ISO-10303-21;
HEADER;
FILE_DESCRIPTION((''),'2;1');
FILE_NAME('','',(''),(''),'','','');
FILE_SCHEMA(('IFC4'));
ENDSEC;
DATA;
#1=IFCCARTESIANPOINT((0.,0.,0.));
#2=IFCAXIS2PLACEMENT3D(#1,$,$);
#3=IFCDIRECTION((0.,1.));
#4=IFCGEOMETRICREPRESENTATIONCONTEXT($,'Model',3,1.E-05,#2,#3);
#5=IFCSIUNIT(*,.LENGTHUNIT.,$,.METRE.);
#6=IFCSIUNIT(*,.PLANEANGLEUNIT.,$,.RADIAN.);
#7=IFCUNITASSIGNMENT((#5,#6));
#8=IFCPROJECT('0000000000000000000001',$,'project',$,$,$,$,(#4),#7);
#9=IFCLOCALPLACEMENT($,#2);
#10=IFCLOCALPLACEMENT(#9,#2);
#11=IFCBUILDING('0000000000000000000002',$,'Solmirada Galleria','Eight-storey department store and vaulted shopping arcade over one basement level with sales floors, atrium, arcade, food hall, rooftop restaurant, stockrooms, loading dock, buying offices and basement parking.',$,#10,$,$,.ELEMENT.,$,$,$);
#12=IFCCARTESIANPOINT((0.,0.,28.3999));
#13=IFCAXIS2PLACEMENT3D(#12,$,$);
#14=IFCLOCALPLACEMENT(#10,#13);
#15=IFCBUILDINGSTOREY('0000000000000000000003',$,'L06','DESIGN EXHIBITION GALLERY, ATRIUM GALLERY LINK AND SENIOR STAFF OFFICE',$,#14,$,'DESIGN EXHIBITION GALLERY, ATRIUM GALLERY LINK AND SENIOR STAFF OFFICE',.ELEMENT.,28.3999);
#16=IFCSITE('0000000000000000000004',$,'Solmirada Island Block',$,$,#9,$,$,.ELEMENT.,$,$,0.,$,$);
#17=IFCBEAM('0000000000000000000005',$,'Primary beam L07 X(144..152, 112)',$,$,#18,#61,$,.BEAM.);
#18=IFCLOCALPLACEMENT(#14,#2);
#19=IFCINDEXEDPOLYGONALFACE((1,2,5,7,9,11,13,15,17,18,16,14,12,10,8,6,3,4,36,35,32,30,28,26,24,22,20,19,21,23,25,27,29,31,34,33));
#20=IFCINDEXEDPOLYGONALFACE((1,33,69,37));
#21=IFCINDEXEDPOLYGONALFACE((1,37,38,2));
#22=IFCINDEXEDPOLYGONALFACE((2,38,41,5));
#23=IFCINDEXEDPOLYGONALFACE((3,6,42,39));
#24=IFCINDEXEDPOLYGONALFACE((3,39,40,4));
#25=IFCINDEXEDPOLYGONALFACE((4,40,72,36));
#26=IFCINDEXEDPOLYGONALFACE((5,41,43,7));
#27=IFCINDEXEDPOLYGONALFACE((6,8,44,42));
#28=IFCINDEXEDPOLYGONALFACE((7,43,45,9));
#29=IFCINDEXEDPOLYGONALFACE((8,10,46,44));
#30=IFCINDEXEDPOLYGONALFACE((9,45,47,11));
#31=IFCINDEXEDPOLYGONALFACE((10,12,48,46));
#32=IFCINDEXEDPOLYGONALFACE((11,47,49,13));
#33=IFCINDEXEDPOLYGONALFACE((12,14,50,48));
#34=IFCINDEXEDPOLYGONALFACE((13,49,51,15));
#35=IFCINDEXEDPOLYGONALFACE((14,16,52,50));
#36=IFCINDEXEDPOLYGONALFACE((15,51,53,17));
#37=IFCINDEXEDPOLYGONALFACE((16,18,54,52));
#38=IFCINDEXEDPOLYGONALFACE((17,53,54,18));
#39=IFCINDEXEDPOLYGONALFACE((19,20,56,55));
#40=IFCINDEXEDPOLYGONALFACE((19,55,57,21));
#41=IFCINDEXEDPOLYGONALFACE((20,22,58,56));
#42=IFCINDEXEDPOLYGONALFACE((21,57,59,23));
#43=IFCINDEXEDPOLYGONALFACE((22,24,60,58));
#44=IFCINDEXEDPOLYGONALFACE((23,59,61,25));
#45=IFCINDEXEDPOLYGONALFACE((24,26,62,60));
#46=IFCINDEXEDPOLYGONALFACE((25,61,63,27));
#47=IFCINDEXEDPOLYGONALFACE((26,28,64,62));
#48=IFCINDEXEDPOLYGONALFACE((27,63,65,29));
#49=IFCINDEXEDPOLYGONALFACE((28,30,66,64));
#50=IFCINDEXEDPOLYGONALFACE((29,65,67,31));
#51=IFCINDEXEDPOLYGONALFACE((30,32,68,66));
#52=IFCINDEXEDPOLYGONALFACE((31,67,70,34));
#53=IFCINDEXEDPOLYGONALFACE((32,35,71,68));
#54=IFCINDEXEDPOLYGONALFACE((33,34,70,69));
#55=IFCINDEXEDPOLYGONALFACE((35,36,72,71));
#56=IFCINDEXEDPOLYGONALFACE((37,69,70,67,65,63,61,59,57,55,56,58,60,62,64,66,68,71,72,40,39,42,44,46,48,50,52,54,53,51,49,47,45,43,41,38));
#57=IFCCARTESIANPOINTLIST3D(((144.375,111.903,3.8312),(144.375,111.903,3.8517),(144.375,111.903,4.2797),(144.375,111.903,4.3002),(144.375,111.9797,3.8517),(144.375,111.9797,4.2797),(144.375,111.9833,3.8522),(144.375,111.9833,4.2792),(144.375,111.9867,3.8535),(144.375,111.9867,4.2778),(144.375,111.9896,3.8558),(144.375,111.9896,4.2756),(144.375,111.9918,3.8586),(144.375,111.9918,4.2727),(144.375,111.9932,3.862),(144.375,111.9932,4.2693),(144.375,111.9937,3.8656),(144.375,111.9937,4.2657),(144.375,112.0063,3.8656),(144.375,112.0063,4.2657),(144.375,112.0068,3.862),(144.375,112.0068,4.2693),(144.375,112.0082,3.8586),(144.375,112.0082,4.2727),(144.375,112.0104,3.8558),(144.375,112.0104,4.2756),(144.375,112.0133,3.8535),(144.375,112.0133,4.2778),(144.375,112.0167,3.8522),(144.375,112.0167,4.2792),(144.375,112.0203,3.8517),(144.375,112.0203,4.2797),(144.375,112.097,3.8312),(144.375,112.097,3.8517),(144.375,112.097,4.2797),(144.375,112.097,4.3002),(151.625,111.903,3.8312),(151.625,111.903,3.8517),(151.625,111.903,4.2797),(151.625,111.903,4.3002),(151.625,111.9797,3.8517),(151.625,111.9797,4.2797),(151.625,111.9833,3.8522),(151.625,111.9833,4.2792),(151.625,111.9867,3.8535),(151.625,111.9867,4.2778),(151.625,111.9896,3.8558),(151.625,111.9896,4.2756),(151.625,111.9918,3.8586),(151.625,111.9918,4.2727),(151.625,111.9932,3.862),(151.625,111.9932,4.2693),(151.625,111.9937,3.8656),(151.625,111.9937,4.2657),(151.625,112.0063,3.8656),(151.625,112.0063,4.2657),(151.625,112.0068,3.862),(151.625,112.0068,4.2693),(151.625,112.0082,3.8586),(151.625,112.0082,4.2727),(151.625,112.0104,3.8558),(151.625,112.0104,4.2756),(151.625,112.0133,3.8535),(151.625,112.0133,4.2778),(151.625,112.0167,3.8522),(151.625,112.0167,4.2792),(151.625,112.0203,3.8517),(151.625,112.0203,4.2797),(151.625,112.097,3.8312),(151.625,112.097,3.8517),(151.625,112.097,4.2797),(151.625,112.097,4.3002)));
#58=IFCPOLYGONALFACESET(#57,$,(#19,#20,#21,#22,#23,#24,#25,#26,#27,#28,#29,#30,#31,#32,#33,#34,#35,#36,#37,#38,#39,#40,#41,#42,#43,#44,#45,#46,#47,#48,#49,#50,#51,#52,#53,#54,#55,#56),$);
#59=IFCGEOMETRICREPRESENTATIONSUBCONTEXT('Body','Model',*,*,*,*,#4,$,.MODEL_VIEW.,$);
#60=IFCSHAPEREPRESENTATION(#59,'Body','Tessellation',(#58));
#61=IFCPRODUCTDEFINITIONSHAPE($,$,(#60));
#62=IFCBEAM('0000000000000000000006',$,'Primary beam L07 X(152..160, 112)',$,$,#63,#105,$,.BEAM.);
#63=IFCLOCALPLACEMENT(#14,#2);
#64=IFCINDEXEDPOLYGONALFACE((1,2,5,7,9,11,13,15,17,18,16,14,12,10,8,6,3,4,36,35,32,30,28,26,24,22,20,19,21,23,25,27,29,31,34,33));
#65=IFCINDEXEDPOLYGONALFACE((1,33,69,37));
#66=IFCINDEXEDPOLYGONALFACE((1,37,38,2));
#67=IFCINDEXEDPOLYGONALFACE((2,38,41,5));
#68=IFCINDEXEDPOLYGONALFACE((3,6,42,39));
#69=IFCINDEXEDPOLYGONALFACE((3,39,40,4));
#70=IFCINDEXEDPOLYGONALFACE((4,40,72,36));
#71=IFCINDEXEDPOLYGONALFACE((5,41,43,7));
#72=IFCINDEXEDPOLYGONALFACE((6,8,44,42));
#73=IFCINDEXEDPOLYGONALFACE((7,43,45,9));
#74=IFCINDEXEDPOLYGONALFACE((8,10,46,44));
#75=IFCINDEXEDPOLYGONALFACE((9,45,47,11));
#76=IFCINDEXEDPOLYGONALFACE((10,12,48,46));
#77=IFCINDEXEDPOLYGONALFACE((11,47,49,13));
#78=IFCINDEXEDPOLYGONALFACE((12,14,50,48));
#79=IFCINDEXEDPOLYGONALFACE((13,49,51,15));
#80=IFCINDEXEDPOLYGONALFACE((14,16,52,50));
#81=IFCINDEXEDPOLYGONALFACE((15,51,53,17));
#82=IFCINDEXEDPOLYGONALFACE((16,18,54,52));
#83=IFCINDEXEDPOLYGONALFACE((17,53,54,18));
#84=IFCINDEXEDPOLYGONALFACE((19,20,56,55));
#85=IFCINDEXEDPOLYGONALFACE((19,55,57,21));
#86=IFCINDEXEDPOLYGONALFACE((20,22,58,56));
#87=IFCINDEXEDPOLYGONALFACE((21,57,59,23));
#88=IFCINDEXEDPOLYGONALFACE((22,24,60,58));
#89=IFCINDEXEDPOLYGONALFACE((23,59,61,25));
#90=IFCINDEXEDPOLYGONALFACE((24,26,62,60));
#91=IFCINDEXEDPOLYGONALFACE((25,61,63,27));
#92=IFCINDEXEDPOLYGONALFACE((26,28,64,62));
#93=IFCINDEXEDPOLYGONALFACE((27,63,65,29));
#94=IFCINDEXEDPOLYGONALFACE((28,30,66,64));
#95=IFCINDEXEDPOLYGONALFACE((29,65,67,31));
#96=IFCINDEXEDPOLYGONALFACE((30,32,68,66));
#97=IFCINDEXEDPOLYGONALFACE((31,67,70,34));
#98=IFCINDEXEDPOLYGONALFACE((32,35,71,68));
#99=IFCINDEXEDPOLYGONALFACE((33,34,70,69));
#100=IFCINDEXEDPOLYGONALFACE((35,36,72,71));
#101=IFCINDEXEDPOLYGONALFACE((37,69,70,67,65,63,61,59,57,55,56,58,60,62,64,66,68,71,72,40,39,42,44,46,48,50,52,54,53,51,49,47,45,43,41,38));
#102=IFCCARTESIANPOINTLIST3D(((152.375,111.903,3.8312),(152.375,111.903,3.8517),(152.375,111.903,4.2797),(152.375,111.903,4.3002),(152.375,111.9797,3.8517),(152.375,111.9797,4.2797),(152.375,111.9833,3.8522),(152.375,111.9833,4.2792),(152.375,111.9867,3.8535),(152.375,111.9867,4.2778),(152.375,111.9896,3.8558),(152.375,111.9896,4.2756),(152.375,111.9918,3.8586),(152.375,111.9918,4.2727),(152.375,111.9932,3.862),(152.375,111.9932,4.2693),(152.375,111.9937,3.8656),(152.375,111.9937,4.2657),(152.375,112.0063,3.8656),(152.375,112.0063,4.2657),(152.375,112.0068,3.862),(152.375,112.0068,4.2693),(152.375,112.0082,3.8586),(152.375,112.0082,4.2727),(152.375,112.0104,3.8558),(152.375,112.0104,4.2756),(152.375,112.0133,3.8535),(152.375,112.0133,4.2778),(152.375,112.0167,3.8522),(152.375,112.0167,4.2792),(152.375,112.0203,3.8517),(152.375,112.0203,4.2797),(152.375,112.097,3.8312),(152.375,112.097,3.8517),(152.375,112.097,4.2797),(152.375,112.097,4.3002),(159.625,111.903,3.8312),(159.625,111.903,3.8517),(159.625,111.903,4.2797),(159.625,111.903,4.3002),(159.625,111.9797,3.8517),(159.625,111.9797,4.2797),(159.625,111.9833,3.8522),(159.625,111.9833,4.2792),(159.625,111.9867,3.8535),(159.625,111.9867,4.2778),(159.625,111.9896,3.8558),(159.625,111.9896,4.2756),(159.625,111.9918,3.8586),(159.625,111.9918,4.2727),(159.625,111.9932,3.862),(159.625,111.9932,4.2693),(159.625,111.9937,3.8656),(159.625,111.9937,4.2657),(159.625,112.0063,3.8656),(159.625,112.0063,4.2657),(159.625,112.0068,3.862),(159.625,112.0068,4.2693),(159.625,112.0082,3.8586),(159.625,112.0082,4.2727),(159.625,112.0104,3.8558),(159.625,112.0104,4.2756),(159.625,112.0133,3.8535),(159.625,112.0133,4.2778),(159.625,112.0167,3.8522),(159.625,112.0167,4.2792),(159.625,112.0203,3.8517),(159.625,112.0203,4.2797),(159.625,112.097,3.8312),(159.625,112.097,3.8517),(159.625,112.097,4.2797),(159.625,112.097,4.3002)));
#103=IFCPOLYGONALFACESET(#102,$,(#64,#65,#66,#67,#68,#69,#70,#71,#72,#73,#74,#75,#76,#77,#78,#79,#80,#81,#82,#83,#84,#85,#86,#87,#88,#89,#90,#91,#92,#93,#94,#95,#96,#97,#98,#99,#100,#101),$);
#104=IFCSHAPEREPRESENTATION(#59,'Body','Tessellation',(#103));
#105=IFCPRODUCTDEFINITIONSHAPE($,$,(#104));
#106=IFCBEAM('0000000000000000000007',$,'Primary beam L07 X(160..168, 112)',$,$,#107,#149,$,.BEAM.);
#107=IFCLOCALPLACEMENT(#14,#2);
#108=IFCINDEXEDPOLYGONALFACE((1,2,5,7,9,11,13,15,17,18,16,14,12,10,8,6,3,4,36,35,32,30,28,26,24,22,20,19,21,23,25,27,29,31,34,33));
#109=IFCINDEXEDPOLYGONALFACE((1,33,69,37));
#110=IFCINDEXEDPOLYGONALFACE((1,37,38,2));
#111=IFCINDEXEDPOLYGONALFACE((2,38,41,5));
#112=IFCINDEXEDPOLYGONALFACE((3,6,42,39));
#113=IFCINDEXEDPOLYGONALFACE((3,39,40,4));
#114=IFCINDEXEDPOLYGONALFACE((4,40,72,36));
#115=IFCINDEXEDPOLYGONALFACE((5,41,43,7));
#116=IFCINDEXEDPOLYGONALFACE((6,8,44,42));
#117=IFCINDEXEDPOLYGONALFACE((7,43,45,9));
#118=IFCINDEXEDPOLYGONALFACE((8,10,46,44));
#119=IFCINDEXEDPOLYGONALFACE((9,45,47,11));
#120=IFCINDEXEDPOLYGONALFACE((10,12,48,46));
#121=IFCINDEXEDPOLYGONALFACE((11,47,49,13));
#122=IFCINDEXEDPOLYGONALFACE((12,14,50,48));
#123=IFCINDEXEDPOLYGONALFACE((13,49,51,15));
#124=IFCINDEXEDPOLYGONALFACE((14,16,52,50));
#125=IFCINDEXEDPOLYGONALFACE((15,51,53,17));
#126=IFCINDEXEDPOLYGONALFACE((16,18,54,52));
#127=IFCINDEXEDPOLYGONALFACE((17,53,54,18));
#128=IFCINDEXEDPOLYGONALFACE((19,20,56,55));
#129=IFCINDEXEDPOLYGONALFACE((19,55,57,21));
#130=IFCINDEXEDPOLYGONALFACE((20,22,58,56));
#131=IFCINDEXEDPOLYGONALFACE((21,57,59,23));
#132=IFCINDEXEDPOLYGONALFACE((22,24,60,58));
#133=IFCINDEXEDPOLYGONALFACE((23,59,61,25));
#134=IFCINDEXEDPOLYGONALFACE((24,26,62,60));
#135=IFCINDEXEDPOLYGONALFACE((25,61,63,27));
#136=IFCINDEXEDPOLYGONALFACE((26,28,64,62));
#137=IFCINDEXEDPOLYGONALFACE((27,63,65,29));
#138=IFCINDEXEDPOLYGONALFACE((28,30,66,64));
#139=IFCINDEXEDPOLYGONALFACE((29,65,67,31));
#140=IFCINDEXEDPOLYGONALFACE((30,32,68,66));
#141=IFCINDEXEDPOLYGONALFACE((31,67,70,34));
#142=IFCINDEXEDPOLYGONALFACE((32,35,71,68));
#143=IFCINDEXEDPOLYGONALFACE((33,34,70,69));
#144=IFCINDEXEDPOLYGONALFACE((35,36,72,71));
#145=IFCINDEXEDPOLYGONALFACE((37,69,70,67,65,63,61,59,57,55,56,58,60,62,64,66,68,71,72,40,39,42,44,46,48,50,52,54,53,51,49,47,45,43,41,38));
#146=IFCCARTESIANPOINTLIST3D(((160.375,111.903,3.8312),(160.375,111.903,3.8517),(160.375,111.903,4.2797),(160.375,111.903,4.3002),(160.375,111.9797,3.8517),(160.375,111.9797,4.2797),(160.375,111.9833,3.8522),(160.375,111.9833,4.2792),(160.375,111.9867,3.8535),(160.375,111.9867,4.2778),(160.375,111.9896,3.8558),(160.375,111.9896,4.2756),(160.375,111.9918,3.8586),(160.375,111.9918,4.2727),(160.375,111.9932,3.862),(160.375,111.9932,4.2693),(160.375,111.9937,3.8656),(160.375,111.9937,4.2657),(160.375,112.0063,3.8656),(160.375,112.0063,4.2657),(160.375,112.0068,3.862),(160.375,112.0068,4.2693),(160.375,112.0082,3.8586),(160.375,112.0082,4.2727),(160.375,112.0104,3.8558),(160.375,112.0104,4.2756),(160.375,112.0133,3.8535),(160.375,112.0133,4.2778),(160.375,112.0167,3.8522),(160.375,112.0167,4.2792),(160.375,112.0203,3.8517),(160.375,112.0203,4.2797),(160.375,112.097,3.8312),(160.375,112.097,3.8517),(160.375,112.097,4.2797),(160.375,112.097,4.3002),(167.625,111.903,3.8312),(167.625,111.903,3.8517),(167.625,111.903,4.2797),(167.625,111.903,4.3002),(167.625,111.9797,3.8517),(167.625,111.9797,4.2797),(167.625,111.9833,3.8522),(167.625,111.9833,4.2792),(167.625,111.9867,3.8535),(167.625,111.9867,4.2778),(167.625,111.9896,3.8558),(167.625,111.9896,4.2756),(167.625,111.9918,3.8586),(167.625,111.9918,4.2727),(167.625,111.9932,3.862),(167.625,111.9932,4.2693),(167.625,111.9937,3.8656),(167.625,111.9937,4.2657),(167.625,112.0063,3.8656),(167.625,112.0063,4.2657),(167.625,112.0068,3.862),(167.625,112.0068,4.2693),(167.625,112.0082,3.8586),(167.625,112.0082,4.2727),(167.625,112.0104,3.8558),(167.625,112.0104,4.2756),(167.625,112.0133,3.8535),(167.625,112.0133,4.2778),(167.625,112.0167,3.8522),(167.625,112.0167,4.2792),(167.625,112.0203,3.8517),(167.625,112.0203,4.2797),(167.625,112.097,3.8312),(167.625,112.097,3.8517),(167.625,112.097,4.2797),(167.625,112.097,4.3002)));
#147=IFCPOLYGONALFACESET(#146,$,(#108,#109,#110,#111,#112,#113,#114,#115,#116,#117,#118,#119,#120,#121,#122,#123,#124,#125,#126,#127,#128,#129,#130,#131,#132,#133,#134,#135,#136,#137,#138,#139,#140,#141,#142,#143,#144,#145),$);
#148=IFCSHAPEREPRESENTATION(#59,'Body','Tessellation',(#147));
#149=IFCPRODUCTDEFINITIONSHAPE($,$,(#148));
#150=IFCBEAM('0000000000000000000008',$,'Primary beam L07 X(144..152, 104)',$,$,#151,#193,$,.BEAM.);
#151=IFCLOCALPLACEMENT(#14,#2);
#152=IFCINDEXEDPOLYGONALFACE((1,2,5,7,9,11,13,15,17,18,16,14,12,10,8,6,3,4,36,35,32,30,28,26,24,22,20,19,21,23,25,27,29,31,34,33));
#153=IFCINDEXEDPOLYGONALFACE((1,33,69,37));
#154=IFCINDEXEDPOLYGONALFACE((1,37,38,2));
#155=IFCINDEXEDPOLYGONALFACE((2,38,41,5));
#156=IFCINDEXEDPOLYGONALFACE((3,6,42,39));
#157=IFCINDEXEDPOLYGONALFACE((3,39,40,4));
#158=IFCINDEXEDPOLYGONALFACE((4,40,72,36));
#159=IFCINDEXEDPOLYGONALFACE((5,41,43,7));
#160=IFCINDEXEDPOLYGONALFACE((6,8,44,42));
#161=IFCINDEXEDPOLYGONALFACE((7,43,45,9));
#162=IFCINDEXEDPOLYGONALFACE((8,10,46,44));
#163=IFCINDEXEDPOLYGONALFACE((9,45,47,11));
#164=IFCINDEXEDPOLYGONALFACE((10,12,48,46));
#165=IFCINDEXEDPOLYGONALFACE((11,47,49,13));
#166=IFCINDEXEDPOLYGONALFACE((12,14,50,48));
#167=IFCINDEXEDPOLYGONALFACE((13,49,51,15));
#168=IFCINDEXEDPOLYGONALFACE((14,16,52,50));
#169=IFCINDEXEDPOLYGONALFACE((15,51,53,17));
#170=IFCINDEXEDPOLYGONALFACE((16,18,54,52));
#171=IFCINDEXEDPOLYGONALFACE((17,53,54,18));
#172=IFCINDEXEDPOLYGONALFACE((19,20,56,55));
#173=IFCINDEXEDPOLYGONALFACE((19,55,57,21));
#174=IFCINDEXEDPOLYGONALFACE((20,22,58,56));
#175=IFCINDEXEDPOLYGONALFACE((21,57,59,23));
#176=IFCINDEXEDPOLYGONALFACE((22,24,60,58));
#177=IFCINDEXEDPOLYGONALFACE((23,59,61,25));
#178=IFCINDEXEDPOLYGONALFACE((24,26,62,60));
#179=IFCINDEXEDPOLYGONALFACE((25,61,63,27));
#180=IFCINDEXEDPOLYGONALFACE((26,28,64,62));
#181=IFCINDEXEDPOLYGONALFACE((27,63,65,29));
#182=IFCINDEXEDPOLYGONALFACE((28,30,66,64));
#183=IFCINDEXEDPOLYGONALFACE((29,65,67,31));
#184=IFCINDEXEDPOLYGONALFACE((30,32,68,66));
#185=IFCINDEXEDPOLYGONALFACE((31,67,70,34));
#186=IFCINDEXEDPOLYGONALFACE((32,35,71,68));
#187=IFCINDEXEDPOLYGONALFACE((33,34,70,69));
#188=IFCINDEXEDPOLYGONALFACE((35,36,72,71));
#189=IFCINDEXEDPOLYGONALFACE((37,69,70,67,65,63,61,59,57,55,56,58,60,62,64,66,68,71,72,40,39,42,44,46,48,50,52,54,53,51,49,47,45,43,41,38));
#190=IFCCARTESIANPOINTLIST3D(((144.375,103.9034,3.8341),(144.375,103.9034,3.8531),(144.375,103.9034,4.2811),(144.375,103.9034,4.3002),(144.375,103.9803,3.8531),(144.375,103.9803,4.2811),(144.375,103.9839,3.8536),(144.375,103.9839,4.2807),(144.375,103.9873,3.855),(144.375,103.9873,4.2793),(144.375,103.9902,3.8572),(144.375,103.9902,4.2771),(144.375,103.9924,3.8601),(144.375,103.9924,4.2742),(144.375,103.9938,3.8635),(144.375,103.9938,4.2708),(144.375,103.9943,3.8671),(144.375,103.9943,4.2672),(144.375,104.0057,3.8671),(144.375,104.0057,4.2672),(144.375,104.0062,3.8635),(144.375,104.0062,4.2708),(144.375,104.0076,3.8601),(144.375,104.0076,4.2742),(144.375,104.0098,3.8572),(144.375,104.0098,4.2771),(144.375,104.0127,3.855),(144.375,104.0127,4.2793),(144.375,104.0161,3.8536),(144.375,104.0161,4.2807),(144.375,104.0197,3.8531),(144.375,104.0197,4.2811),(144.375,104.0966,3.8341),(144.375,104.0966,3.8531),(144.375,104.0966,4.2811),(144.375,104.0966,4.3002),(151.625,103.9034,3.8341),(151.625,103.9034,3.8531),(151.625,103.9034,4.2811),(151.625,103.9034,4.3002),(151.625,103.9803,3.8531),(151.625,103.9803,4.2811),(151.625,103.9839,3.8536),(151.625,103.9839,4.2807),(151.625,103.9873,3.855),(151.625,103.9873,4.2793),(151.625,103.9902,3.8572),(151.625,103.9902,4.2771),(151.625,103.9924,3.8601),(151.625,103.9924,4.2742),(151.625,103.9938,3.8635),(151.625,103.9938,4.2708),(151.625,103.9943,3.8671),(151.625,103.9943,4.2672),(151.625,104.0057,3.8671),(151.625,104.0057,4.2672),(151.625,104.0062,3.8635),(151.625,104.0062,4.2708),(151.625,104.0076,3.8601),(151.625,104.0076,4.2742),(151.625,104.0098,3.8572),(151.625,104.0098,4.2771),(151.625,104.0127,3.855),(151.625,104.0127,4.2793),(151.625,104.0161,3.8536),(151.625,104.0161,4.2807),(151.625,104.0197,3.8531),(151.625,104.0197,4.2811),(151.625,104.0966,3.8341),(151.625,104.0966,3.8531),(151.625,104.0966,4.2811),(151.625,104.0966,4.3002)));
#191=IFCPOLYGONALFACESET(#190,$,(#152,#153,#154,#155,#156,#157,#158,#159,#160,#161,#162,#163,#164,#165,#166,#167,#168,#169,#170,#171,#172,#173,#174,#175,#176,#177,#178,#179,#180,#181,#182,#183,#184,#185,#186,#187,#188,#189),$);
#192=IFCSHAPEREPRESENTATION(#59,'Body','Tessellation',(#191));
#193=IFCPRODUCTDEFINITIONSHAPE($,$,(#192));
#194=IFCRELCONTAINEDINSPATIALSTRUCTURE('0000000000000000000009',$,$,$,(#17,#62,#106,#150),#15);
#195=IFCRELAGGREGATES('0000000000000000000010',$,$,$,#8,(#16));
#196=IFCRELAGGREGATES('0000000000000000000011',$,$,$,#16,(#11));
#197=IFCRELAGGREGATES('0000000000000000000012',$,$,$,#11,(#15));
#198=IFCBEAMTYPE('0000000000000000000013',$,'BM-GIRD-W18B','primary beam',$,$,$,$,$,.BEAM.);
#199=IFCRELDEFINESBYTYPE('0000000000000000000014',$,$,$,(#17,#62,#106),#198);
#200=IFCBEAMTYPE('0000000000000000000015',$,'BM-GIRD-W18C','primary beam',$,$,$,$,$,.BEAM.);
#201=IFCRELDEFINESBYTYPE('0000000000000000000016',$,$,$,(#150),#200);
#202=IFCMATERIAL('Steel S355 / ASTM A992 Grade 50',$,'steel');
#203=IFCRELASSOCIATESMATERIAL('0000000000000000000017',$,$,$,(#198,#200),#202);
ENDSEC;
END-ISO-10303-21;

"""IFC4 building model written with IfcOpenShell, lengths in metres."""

from ifc_helpers import new_model, si_unit, direction, frame, origin, origin_2d, place, context, subcontext, project, spatial, i_section, extrude, material, material_profile, profile_set, type_object, element, save


model = new_model("IFC4")

# Units and contexts
model_context = context("Model", 3, precision=1e-05, world=origin(), true_north=direction((0.0, 1.0)))
body_context = subcontext(model_context, "Body", "Model", "MODEL_VIEW")
ifc_project = project(units=[si_unit("LENGTHUNIT", "METRE"), si_unit("PLANEANGLEUNIT", "RADIAN")], contexts=[model_context])

# Site, building, storey
site_placement = place(None, origin())
site = spatial("IfcSite", under=ifc_project, at=site_placement, Name="Solmirada Island Block", CompositionType="ELEMENT", RefElevation=0.0)
building_placement = place(site_placement, origin())
building = spatial("IfcBuilding", under=site, at=building_placement, Name="Solmirada Galleria", Description="Eight-storey department store and vaulted shopping arcade over one basement level with sales floors, atrium, arcade, food hall, rooftop restaurant, stockrooms, loading dock, buying offices and basement parking.", CompositionType="ELEMENT")
storey_placement = place(building_placement, frame((0.0, 0.0, 28.3999)))
storey = spatial("IfcBuildingStorey", under=building, at=storey_placement, Name="L06", Description="DESIGN EXHIBITION GALLERY, ATRIUM GALLERY LINK AND SENIOR STAFF OFFICE", LongName="DESIGN EXHIBITION GALLERY, ATRIUM GALLERY LINK AND SENIOR STAFF OFFICE", CompositionType="ELEMENT", Elevation=28.3999)

# Beams
ifc_material_1 = material(Name="Steel S355 / ASTM A992 Grade 50", Category="steel")
ifc_material_profile_1 = material_profile(ifc_material_1, i_section(OverallWidth=0.1941, OverallDepth=0.469, WebThickness=0.0127, FlangeThickness=0.0205, FilletRadius=0.0139, at=origin_2d()), Name="W18X71")
ifc_profile_set_1 = profile_set([ifc_material_profile_1], Name="Steel S355 / ASTM A992 Grade 50")
beam_type_1 = type_object("IfcBeamType", Name="BM-GIRD-W18B", Description="primary beam", PredefinedType="BEAM", material=ifc_profile_set_1)
for number, where, z_axis, x_axis, name in (
    (1, (144.375, 112.0, 4.0657), (1.0, 0.0, 0.0), (0.0, 1.0, 0.0), "Primary beam L07 X(144..152, 112)"),
    (2, (152.375, 112.0, 4.0657), (1.0, 0.0, 0.0), (0.0, 1.0, 0.0), "Primary beam L07 X(152..160, 112)"),
    (3, (160.375, 112.0, 4.0657), (1.0, 0.0, 0.0), (0.0, 1.0, 0.0), "Primary beam L07 X(160..168, 112)"),
):
    element("IfcBeam", number, at=place(storey_placement, frame(where, z_axis=z_axis, x_axis=x_axis)), inside=storey, type_object=beam_type_1, Name=name, PredefinedType="BEAM", context=body_context, shape_type="SweptSolid", body=[
        extrude(i_section(OverallWidth=0.1941, OverallDepth=0.469, WebThickness=0.0127, FlangeThickness=0.0205, FilletRadius=0.0139, at=origin_2d()), origin(), (0.0, 0.0, 1.0), 7.25),
    ])
ifc_material_profile_2 = material_profile(ifc_material_1, i_section(OverallWidth=0.1931, OverallDepth=0.4661, WebThickness=0.0115, FlangeThickness=0.019, FilletRadius=0.0139, at=origin_2d()), Name="W18X65")
ifc_profile_set_2 = profile_set([ifc_material_profile_2], Name="Steel S355 / ASTM A992 Grade 50")
beam_type_2 = type_object("IfcBeamType", Name="BM-GIRD-W18C", Description="primary beam", PredefinedType="BEAM", material=ifc_profile_set_2)
for number, where, z_axis, x_axis, name in (
    (4, (144.375, 104.0, 4.0671), (1.0, 0.0, 0.0), (0.0, 1.0, 0.0), "Primary beam L07 X(144..152, 104)"),
):
    element("IfcBeam", number, at=place(storey_placement, frame(where, z_axis=z_axis, x_axis=x_axis)), inside=storey, type_object=beam_type_2, Name=name, PredefinedType="BEAM", context=body_context, shape_type="SweptSolid", body=[
        extrude(i_section(OverallWidth=0.1931, OverallDepth=0.4661, WebThickness=0.0115, FlangeThickness=0.019, FilletRadius=0.0139, at=origin_2d()), origin(), (0.0, 0.0, 1.0), 7.25),
    ])

save(model, "model.ifc")
